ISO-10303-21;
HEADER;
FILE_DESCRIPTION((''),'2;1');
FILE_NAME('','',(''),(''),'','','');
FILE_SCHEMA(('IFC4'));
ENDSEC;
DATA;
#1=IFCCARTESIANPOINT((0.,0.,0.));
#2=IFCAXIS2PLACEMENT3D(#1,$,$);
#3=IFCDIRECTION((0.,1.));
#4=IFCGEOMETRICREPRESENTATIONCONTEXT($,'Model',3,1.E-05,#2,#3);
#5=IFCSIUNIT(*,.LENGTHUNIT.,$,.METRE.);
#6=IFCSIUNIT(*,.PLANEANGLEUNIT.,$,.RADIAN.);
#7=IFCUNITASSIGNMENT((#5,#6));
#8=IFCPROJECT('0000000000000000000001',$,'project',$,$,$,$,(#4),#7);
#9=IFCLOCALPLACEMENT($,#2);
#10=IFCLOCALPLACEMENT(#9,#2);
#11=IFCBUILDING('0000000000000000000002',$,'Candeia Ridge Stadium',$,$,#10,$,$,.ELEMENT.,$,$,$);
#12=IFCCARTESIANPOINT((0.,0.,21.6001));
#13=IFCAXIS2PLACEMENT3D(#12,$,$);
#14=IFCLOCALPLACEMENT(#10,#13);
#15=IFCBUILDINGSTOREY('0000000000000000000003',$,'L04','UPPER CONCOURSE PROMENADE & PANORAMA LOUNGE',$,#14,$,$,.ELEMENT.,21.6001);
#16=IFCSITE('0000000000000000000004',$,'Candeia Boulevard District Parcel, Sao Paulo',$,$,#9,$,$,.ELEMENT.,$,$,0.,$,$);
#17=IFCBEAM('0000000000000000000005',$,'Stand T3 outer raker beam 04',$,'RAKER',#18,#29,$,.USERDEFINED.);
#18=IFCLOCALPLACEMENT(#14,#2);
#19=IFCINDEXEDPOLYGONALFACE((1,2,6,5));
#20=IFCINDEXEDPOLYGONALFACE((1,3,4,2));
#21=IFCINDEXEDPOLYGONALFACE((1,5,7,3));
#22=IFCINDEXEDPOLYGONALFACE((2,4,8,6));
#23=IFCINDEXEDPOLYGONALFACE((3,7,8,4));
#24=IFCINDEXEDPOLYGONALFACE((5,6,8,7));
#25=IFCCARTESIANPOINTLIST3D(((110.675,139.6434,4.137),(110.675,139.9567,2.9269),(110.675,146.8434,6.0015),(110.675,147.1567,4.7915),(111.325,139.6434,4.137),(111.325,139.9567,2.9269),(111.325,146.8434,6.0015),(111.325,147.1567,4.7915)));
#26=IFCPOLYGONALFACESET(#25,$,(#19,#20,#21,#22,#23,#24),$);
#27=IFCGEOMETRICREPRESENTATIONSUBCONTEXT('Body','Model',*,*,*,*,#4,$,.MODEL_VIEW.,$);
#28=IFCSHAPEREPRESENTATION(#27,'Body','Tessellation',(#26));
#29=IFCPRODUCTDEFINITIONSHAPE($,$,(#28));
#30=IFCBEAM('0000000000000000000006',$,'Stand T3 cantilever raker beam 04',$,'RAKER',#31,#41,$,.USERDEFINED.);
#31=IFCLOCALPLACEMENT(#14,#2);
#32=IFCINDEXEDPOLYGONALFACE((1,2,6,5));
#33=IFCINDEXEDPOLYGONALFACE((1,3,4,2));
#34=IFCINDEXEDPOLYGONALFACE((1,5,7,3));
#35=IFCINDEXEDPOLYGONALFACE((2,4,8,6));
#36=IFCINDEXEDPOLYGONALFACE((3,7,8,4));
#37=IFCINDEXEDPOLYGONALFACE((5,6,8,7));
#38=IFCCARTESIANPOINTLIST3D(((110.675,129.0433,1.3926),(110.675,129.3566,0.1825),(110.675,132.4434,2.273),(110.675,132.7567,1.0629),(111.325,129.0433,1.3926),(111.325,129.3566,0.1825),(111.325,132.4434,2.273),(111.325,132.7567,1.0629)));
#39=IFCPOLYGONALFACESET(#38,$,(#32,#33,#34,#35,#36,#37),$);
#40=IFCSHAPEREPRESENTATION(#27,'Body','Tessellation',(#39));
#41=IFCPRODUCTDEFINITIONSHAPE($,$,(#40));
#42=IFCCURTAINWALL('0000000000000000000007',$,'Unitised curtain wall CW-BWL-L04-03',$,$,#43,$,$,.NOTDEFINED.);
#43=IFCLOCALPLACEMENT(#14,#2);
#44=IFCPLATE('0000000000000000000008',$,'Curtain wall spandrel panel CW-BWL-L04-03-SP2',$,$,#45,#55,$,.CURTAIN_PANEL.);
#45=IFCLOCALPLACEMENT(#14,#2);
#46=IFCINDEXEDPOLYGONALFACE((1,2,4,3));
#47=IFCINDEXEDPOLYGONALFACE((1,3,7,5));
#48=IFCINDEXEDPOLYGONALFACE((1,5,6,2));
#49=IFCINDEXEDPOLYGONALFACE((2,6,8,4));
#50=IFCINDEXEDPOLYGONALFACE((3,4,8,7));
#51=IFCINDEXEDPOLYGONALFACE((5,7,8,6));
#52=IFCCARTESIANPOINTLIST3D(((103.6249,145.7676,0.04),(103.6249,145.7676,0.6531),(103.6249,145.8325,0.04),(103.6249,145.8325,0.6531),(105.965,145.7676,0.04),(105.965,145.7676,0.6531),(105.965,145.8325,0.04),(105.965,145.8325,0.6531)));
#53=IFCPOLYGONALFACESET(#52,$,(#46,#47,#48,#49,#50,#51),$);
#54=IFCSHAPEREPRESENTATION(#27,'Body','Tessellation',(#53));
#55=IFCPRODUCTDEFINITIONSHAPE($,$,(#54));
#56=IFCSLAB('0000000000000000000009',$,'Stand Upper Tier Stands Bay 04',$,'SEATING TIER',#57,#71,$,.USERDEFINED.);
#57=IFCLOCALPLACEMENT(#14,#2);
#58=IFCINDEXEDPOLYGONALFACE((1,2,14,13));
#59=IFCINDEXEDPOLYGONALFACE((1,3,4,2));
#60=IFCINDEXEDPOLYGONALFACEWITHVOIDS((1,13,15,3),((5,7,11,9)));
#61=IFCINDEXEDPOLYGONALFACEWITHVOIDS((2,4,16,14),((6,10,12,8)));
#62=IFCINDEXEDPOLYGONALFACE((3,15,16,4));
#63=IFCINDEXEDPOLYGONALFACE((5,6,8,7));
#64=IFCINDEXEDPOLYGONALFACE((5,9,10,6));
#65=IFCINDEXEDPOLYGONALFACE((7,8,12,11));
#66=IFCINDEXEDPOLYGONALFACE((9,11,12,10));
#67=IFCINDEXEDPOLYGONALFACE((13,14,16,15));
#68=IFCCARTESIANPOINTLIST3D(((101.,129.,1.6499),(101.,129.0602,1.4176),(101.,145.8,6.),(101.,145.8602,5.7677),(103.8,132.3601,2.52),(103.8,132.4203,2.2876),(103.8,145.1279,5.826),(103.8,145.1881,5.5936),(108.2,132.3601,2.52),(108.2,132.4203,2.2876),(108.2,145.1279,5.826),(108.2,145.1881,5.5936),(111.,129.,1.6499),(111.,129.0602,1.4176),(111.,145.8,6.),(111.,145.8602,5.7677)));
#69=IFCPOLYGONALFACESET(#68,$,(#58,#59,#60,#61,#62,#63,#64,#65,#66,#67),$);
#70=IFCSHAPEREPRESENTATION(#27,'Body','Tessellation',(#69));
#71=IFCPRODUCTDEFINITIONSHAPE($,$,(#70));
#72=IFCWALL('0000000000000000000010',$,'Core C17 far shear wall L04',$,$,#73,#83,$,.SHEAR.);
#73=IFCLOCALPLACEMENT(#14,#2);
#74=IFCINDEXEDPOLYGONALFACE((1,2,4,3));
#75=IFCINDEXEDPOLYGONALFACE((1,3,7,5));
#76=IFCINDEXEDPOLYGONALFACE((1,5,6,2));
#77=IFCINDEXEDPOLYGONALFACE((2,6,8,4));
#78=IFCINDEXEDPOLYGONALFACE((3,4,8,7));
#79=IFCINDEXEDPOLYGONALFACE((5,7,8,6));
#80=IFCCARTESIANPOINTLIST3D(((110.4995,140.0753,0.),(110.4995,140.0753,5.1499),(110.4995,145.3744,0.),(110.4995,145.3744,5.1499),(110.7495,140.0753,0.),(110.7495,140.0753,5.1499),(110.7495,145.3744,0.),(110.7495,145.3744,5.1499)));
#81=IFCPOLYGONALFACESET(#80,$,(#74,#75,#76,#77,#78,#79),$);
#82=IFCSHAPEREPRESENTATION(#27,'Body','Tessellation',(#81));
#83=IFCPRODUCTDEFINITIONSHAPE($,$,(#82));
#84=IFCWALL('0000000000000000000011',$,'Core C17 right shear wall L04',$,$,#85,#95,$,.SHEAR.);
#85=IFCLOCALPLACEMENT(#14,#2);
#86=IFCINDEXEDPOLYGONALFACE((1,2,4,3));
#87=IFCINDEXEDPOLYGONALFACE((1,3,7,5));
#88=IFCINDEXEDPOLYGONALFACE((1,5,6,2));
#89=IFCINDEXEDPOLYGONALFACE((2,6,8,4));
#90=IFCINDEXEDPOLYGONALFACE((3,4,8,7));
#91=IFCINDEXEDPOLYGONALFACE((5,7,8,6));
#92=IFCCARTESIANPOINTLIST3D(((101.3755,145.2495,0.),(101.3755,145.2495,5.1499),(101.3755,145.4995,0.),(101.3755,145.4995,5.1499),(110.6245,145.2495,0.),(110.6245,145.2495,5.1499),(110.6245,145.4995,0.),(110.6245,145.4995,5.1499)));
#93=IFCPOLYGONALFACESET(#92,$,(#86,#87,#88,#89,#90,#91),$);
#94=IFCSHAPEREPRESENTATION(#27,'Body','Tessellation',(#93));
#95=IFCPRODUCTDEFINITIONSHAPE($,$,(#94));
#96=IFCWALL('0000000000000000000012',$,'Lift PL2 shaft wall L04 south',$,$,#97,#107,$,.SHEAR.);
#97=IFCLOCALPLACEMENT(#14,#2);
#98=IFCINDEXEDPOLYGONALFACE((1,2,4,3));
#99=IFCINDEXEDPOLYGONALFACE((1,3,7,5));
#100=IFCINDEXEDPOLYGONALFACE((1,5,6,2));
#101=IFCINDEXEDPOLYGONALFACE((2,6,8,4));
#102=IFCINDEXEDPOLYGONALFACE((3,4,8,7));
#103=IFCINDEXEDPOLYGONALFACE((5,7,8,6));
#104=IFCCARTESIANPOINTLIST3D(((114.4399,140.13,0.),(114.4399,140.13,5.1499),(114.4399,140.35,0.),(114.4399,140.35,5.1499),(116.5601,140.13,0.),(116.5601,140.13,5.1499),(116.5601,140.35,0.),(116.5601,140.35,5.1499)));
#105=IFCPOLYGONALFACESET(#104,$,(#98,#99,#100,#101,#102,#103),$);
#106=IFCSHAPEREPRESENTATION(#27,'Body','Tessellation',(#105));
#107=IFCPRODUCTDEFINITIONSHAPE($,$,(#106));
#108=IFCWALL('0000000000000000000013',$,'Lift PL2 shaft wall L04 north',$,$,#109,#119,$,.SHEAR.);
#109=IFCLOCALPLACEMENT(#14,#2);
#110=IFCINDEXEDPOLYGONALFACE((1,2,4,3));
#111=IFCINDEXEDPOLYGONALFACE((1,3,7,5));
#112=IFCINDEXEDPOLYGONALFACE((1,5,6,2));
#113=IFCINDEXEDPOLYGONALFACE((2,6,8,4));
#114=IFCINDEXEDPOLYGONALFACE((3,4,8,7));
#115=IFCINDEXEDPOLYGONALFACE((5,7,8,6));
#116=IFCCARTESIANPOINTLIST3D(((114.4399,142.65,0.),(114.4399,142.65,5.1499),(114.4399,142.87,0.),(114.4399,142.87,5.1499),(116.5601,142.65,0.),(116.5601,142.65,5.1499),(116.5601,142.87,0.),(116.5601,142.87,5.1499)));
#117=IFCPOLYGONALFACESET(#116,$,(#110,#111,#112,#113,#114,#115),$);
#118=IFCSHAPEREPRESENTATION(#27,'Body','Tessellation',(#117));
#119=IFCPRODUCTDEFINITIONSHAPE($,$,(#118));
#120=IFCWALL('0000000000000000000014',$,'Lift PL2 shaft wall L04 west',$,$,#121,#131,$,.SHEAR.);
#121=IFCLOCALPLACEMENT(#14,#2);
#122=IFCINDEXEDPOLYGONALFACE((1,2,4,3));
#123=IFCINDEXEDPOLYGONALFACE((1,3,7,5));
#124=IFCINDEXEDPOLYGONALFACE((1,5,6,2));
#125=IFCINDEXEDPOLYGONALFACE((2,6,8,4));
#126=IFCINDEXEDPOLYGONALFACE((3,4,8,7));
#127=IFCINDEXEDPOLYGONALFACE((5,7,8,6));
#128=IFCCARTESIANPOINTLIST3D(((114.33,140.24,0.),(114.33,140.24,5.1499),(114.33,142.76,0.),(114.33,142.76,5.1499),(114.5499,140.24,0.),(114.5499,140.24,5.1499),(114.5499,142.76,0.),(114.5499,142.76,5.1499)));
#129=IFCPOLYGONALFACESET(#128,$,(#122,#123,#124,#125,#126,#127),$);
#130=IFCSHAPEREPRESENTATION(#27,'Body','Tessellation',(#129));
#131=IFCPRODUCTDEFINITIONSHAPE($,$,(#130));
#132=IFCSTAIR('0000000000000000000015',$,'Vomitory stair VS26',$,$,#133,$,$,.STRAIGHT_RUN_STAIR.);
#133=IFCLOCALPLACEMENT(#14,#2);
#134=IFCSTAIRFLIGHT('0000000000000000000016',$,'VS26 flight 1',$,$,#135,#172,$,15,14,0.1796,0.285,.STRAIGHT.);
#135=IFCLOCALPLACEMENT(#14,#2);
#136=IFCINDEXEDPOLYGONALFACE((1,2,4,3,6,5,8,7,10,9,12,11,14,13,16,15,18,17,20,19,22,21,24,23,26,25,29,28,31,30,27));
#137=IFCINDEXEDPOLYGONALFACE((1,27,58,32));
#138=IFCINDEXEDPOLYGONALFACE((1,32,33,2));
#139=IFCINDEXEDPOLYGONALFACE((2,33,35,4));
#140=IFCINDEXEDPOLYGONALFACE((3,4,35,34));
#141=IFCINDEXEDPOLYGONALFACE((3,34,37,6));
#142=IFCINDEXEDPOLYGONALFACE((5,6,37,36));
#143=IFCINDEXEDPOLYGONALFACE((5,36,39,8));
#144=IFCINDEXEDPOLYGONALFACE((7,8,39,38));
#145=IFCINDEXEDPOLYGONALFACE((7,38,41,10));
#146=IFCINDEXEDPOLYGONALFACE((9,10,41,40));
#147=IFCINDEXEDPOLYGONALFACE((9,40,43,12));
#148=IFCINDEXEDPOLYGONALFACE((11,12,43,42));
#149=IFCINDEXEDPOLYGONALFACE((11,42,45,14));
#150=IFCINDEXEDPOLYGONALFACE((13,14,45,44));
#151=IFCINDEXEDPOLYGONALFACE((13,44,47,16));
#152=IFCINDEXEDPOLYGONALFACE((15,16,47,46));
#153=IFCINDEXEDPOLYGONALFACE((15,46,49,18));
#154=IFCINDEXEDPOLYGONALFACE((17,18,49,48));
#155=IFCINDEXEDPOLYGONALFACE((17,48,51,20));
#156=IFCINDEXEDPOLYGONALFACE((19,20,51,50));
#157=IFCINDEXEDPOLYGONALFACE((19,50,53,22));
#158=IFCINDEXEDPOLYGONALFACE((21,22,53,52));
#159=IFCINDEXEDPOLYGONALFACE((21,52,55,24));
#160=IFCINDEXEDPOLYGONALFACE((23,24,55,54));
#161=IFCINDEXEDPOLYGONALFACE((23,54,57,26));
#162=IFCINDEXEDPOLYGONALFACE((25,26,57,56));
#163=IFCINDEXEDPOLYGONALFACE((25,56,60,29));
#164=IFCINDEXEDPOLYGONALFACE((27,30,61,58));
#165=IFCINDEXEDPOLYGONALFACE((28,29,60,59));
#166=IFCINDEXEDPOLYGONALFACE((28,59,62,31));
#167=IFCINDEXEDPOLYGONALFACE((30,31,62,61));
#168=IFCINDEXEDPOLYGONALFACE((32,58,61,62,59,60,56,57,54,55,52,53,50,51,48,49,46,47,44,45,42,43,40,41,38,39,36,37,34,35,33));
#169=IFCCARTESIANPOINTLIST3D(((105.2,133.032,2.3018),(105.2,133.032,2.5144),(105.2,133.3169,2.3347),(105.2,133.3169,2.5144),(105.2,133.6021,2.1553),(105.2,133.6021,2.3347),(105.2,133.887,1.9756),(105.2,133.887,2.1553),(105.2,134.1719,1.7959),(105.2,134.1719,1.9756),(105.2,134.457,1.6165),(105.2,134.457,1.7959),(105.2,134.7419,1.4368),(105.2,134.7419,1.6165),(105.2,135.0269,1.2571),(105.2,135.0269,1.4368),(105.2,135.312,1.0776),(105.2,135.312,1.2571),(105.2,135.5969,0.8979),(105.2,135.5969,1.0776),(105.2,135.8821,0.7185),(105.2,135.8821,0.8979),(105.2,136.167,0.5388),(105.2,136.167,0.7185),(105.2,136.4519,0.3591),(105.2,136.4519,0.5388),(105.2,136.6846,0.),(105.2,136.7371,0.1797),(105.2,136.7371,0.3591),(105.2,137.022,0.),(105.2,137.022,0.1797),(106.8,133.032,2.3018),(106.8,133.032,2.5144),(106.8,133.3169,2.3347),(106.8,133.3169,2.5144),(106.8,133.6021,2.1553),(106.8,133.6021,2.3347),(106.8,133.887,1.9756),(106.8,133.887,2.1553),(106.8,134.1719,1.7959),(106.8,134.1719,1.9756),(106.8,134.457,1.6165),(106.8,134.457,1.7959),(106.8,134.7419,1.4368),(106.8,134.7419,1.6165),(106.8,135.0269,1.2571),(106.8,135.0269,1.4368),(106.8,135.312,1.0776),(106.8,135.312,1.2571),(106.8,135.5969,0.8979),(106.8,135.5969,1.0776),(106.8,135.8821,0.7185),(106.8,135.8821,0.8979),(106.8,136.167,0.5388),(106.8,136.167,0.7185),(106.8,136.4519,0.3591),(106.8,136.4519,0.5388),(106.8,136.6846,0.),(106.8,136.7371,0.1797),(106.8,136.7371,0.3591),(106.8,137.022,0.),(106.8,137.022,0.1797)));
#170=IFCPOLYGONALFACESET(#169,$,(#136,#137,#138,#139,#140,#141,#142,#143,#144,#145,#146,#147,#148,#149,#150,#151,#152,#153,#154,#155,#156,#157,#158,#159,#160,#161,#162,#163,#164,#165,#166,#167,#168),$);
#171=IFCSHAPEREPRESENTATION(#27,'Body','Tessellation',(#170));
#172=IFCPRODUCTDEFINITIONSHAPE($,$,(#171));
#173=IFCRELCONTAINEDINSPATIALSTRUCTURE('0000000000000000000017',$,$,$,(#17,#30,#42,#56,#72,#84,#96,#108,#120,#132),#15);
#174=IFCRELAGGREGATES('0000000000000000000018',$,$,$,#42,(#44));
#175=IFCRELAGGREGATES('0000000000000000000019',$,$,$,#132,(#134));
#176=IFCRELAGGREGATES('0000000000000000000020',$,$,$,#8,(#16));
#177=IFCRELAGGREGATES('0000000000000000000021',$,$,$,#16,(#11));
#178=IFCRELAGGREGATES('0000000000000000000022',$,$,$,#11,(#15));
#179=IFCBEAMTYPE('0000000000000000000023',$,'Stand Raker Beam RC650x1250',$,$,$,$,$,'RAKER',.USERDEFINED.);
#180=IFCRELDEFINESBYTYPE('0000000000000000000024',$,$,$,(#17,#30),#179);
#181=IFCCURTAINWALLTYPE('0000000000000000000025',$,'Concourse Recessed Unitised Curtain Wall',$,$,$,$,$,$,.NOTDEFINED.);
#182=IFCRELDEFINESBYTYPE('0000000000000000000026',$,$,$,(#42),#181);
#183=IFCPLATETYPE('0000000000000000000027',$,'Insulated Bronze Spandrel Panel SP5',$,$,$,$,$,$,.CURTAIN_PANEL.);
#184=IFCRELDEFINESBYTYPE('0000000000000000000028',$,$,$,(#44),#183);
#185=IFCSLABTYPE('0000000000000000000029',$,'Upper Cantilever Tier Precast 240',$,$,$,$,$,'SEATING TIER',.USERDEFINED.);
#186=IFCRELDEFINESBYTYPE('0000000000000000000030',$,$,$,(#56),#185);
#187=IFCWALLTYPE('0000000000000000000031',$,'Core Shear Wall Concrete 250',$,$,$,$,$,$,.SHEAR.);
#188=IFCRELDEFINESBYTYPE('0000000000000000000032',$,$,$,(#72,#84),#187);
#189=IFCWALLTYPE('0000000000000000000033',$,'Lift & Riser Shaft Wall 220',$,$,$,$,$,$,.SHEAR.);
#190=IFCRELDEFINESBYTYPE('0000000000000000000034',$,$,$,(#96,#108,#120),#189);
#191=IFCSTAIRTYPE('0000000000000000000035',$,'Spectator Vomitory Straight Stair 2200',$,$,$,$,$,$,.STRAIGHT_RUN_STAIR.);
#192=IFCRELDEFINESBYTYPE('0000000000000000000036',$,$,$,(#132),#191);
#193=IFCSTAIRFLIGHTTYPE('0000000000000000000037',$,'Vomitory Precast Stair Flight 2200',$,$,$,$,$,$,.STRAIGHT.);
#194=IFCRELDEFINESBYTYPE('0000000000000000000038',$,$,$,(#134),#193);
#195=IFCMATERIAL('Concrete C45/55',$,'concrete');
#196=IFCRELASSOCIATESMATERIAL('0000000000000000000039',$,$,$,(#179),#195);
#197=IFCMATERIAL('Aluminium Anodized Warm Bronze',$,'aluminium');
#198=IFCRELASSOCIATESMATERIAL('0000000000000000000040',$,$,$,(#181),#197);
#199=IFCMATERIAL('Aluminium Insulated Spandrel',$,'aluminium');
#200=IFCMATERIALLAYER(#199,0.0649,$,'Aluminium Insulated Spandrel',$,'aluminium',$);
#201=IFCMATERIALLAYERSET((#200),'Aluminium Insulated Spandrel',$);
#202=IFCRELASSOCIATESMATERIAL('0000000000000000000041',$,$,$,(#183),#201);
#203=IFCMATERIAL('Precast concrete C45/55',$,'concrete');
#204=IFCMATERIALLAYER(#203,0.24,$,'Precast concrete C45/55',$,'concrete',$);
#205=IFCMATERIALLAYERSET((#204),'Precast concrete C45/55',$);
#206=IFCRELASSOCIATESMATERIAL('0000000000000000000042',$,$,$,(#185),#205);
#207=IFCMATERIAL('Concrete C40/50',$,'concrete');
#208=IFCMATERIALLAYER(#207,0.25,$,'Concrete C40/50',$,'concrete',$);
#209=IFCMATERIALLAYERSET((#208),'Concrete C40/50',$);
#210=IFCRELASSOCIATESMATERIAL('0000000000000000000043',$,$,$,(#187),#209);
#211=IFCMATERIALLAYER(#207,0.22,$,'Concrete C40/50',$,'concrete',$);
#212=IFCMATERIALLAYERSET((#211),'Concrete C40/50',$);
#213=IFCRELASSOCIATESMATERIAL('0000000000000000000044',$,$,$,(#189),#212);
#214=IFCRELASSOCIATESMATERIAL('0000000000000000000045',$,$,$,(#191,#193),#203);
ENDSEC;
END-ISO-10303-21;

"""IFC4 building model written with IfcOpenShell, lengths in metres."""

from ifc_helpers import new_model, si_unit, direction, frame, frame_2d, origin, origin_2d, place, context, subcontext, project, spatial, polyline, rectangle, outline, extrude, material, layer, layer_set, material_profile, profile_set, type_object, element, aggregate, save


model = new_model("IFC4")

# Units and contexts
model_context = context("Model", 3, precision=1e-05, world=origin(), true_north=direction((0.0, 1.0)))
body_context = subcontext(model_context, "Body", "Model", "MODEL_VIEW")
ifc_project = project(units=[si_unit("LENGTHUNIT", "METRE"), si_unit("PLANEANGLEUNIT", "RADIAN")], contexts=[model_context])

# Site, building, storey
site_placement = place(None, origin())
site = spatial("IfcSite", under=ifc_project, at=site_placement, Name="Candeia Boulevard District Parcel, Sao Paulo", CompositionType="ELEMENT", RefElevation=0.0)
building_placement = place(site_placement, origin())
building = spatial("IfcBuilding", under=site, at=building_placement, Name="Candeia Ridge Stadium", CompositionType="ELEMENT")
storey_placement = place(building_placement, frame((0.0, 0.0, 21.6001)))
storey = spatial("IfcBuildingStorey", under=building, at=storey_placement, Name="L04", Description="UPPER CONCOURSE PROMENADE & PANORAMA LOUNGE", CompositionType="ELEMENT", Elevation=21.6001)

# Shared definitions
ifc_material_1 = material(Name="Concrete C45/55", Category="concrete")
ifc_material_2 = material(Name="Concrete C40/50", Category="concrete")

# Beams
ifc_material_profile_1 = material_profile(ifc_material_1, rectangle(XDim=0.6499, YDim=1.25, at=origin_2d()), Name="RC650x1250", Category="concrete")
ifc_profile_set_1 = profile_set([ifc_material_profile_1], Name="Concrete C45/55")
beam_type_1 = type_object("IfcBeamType", Name="Stand Raker Beam RC650x1250", ElementType="RAKER", PredefinedType="USERDEFINED", material=ifc_profile_set_1)
beam_1_placement = place(storey_placement, frame((111.0, 139.8, 3.532), z_axis=(0.0, 0.968067, 0.250691), x_axis=(-1.0, 0.0, 0.0)))
element("IfcBeam", 1, at=beam_1_placement, inside=storey, type_object=beam_type_1, Name="Stand T3 outer raker beam 04", ObjectType="RAKER", PredefinedType="USERDEFINED", context=body_context, shape_type="SweptSolid", body=[
    extrude(rectangle(XDim=0.6499, YDim=1.25, at=origin_2d()), origin(), (0.0, 0.0, 1.0), 7.4375),
])
beam_2_placement = place(storey_placement, frame((111.0, 129.2, 0.7876), z_axis=(0.0, 0.968076, 0.250656), x_axis=(-1.0, 0.0, 0.0)))
element("IfcBeam", 2, at=beam_2_placement, inside=storey, type_object=beam_type_1, Name="Stand T3 cantilever raker beam 04", ObjectType="RAKER", PredefinedType="USERDEFINED", context=body_context, shape_type="SweptSolid", body=[
    extrude(rectangle(XDim=0.6499, YDim=1.25, at=origin_2d()), origin(), (0.0, 0.0, 1.0), 3.5122),
])

# Curtain wall, plate
ifc_material_3 = material(Name="Aluminium Anodized Warm Bronze", Category="aluminium")
curtain_wall_type = type_object("IfcCurtainWallType", Name="Concourse Recessed Unitised Curtain Wall", PredefinedType="NOTDEFINED", material=ifc_material_3)
curtain_wall_placement = place(storey_placement, origin())
curtain_wall = element("IfcCurtainWall", 3, at=curtain_wall_placement, inside=storey, type_object=curtain_wall_type, Name="Unitised curtain wall CW-BWL-L04-03", PredefinedType="NOTDEFINED")
ifc_material_4 = material(Name="Aluminium Insulated Spandrel", Category="aluminium")
ifc_layer_1 = layer(ifc_material_4, 0.0649, Name="Aluminium Insulated Spandrel", Category="aluminium")
ifc_layer_set_1 = layer_set([ifc_layer_1], Name="Aluminium Insulated Spandrel")
plate_type = type_object("IfcPlateType", Name="Insulated Bronze Spandrel Panel SP5", PredefinedType="CURTAIN_PANEL", material=ifc_layer_set_1)
plate_placement = place(storey_placement, frame((104.7949, 145.8, 0.04), z_axis=(0.0, 0.0, 1.0), x_axis=(-1.0, 0.0, 0.0)))
plate = element("IfcPlate", 4, at=plate_placement, type_object=plate_type, Name="Curtain wall spandrel panel CW-BWL-L04-03-SP2", PredefinedType="CURTAIN_PANEL", context=body_context, shape_type="SweptSolid", body=[
    extrude(rectangle(XDim=2.3401, YDim=0.0649, at=origin_2d()), origin(), (0.0, 0.0, 1.0), 0.613),
])
aggregate(curtain_wall, [plate])

# Slab
ifc_material_5 = material(Name="Precast concrete C45/55", Category="concrete")
ifc_layer_2 = layer(ifc_material_5, 0.24, Name="Precast concrete C45/55", Category="concrete")
ifc_layer_set_2 = layer_set([ifc_layer_2], Name="Precast concrete C45/55")
slab_type = type_object("IfcSlabType", Name="Upper Cantilever Tier Precast 240", ElementType="SEATING TIER", PredefinedType="USERDEFINED", material=ifc_layer_set_2)
slab_placement = place(storey_placement, frame((111.0, 129.0, 1.6499), z_axis=(0.0, -0.250667, 0.968073), x_axis=(-1.0, 0.0, 0.0)))
element("IfcSlab", 5, at=slab_placement, inside=storey, type_object=slab_type, Name="Stand Upper Tier Stands Bay 04", ObjectType="SEATING TIER", PredefinedType="USERDEFINED", context=body_context, shape_type="SweptSolid", body=[
    extrude(outline(polyline([(0.0, 0.0), (10.0, 0.0), (10.0, -17.3541), (0.0, -17.3541), (0.0, 0.0)]), holes=[polyline([(2.8, -3.4709), (7.2, -3.4709), (7.2, -16.6598), (2.8, -16.6598), (2.8, -3.4709)])]), origin(), (0.0, 0.0, -1.0), 0.24),
])

# Walls
ifc_layer_3 = layer(ifc_material_2, 0.25, Name="Concrete C40/50", Category="concrete")
ifc_layer_set_3 = layer_set([ifc_layer_3], Name="Concrete C40/50")
wall_type_1 = type_object("IfcWallType", Name="Core Shear Wall Concrete 250", PredefinedType="SHEAR", material=ifc_layer_set_3)
wall_1_placement = place(storey_placement, frame((110.6245, 140.0754, 0.0), z_axis=(0.0, 0.0, 1.0), x_axis=(0.0, 1.0, 0.0)))
element("IfcWall", 6, at=wall_1_placement, inside=storey, type_object=wall_type_1, Name="Core C17 far shear wall L04", PredefinedType="SHEAR", context=body_context, shape_type="SweptSolid", body=[
    extrude(rectangle(XDim=5.2991, YDim=0.25, at=frame_2d((2.6494, 0.0))), origin(), (0.0, 0.0, 1.0), 5.1499),
])
wall_2_placement = place(storey_placement, frame((110.6245, 145.3745, 0.0), z_axis=(0.0, 0.0, 1.0), x_axis=(-1.0, 0.0, 0.0)))
element("IfcWall", 7, at=wall_2_placement, inside=storey, type_object=wall_type_1, Name="Core C17 right shear wall L04", PredefinedType="SHEAR", context=body_context, shape_type="SweptSolid", body=[
    extrude(rectangle(XDim=9.249, YDim=0.25, at=frame_2d((4.6245, 0.0))), origin(), (0.0, 0.0, 1.0), 5.1499),
])
ifc_layer_4 = layer(ifc_material_2, 0.22, Name="Concrete C40/50", Category="concrete")
ifc_layer_set_4 = layer_set([ifc_layer_4], Name="Concrete C40/50")
wall_type_2 = type_object("IfcWallType", Name="Lift & Riser Shaft Wall 220", PredefinedType="SHEAR", material=ifc_layer_set_4)
wall_3_placement = place(storey_placement, frame((114.4399, 140.24, 0.0), z_axis=(0.0, 0.0, 1.0), x_axis=(1.0, 0.0, 0.0)))
element("IfcWall", 8, at=wall_3_placement, inside=storey, type_object=wall_type_2, Name="Lift PL2 shaft wall L04 south", PredefinedType="SHEAR", context=body_context, shape_type="SweptSolid", body=[
    extrude(rectangle(XDim=2.1201, YDim=0.22, at=frame_2d((1.0601, 0.0))), origin(), (0.0, 0.0, 1.0), 5.1499),
])

# Walls
wall_4_placement = place(storey_placement, frame((116.5601, 142.76, 0.0), z_axis=(0.0, 0.0, 1.0), x_axis=(-1.0, 0.0, 0.0)))
element("IfcWall", 9, at=wall_4_placement, inside=storey, type_object=wall_type_2, Name="Lift PL2 shaft wall L04 north", PredefinedType="SHEAR", context=body_context, shape_type="SweptSolid", body=[
    extrude(rectangle(XDim=2.1201, YDim=0.22, at=frame_2d((1.0601, 0.0))), origin(), (0.0, 0.0, 1.0), 5.1499),
])
wall_5_placement = place(storey_placement, frame((114.4399, 142.76, 0.0), z_axis=(0.0, 0.0, 1.0), x_axis=(0.0, -1.0, 0.0)))
element("IfcWall", 10, at=wall_5_placement, inside=storey, type_object=wall_type_2, Name="Lift PL2 shaft wall L04 west", PredefinedType="SHEAR", context=body_context, shape_type="SweptSolid", body=[
    extrude(rectangle(XDim=2.52, YDim=0.22, at=frame_2d((1.26, 0.0))), origin(), (0.0, 0.0, 1.0), 5.1499),
])

# Stair, stair flight
stair_type = type_object("IfcStairType", Name="Spectator Vomitory Straight Stair 2200", PredefinedType="STRAIGHT_RUN_STAIR", material=ifc_material_5)
stair_placement = place(storey_placement, origin())
stair = element("IfcStair", 11, at=stair_placement, inside=storey, type_object=stair_type, Name="Vomitory stair VS26", PredefinedType="STRAIGHT_RUN_STAIR")
stair_flight_type = type_object("IfcStairFlightType", Name="Vomitory Precast Stair Flight 2200", PredefinedType="STRAIGHT", material=ifc_material_5)
stair_flight_placement = place(storey_placement, frame((106.0, 137.022, 0.0), z_axis=(0.0, 0.0, 1.0), x_axis=(0.0, -1.0, 0.0)))
stair_flight = element("IfcStairFlight", 12, at=stair_flight_placement, type_object=stair_flight_type, Name="VS26 flight 1", NumberOfRisers=15, NumberOfTreads=14, PredefinedType="STRAIGHT", RiserHeight=0.1796, TreadLength=0.285, context=body_context, shape_type="SweptSolid", body=[
    extrude(outline(polyline([(0.0, 0.0), (0.0, 0.1797), (0.2849, 0.1797), (0.2849, 0.3591), (0.5701, 0.3591), (0.5701, 0.5388), (0.855, 0.5388), (0.855, 0.7185), (1.1399, 0.7185), (1.1399, 0.8979), (1.425, 0.8979), (1.425, 1.0776), (1.71, 1.0776), (1.71, 1.2571), (1.9951, 1.2571), (1.9951, 1.4368), (2.28, 1.4368), (2.28, 1.6165), (2.5649, 1.6165), (2.5649, 1.7959), (2.8501, 1.7959), (2.8501, 1.9756), (3.135, 1.9756), (3.135, 2.1553), (3.4199, 2.1553), (3.4199, 2.3347), (3.7051, 2.3347), (3.7051, 2.5144), (3.99, 2.5144), (3.99, 2.6941), (3.99, 2.3018), (0.3374, 0.0), (0.0, 0.0)])), frame((0.0, 0.8, 0.0), z_axis=(0.0, -1.0, 0.0), x_axis=(1.0, 0.0, 0.0)), (0.0, 0.0, 1.0), 1.6001),
])
aggregate(stair, [stair_flight])

save(model, "model.ifc")
